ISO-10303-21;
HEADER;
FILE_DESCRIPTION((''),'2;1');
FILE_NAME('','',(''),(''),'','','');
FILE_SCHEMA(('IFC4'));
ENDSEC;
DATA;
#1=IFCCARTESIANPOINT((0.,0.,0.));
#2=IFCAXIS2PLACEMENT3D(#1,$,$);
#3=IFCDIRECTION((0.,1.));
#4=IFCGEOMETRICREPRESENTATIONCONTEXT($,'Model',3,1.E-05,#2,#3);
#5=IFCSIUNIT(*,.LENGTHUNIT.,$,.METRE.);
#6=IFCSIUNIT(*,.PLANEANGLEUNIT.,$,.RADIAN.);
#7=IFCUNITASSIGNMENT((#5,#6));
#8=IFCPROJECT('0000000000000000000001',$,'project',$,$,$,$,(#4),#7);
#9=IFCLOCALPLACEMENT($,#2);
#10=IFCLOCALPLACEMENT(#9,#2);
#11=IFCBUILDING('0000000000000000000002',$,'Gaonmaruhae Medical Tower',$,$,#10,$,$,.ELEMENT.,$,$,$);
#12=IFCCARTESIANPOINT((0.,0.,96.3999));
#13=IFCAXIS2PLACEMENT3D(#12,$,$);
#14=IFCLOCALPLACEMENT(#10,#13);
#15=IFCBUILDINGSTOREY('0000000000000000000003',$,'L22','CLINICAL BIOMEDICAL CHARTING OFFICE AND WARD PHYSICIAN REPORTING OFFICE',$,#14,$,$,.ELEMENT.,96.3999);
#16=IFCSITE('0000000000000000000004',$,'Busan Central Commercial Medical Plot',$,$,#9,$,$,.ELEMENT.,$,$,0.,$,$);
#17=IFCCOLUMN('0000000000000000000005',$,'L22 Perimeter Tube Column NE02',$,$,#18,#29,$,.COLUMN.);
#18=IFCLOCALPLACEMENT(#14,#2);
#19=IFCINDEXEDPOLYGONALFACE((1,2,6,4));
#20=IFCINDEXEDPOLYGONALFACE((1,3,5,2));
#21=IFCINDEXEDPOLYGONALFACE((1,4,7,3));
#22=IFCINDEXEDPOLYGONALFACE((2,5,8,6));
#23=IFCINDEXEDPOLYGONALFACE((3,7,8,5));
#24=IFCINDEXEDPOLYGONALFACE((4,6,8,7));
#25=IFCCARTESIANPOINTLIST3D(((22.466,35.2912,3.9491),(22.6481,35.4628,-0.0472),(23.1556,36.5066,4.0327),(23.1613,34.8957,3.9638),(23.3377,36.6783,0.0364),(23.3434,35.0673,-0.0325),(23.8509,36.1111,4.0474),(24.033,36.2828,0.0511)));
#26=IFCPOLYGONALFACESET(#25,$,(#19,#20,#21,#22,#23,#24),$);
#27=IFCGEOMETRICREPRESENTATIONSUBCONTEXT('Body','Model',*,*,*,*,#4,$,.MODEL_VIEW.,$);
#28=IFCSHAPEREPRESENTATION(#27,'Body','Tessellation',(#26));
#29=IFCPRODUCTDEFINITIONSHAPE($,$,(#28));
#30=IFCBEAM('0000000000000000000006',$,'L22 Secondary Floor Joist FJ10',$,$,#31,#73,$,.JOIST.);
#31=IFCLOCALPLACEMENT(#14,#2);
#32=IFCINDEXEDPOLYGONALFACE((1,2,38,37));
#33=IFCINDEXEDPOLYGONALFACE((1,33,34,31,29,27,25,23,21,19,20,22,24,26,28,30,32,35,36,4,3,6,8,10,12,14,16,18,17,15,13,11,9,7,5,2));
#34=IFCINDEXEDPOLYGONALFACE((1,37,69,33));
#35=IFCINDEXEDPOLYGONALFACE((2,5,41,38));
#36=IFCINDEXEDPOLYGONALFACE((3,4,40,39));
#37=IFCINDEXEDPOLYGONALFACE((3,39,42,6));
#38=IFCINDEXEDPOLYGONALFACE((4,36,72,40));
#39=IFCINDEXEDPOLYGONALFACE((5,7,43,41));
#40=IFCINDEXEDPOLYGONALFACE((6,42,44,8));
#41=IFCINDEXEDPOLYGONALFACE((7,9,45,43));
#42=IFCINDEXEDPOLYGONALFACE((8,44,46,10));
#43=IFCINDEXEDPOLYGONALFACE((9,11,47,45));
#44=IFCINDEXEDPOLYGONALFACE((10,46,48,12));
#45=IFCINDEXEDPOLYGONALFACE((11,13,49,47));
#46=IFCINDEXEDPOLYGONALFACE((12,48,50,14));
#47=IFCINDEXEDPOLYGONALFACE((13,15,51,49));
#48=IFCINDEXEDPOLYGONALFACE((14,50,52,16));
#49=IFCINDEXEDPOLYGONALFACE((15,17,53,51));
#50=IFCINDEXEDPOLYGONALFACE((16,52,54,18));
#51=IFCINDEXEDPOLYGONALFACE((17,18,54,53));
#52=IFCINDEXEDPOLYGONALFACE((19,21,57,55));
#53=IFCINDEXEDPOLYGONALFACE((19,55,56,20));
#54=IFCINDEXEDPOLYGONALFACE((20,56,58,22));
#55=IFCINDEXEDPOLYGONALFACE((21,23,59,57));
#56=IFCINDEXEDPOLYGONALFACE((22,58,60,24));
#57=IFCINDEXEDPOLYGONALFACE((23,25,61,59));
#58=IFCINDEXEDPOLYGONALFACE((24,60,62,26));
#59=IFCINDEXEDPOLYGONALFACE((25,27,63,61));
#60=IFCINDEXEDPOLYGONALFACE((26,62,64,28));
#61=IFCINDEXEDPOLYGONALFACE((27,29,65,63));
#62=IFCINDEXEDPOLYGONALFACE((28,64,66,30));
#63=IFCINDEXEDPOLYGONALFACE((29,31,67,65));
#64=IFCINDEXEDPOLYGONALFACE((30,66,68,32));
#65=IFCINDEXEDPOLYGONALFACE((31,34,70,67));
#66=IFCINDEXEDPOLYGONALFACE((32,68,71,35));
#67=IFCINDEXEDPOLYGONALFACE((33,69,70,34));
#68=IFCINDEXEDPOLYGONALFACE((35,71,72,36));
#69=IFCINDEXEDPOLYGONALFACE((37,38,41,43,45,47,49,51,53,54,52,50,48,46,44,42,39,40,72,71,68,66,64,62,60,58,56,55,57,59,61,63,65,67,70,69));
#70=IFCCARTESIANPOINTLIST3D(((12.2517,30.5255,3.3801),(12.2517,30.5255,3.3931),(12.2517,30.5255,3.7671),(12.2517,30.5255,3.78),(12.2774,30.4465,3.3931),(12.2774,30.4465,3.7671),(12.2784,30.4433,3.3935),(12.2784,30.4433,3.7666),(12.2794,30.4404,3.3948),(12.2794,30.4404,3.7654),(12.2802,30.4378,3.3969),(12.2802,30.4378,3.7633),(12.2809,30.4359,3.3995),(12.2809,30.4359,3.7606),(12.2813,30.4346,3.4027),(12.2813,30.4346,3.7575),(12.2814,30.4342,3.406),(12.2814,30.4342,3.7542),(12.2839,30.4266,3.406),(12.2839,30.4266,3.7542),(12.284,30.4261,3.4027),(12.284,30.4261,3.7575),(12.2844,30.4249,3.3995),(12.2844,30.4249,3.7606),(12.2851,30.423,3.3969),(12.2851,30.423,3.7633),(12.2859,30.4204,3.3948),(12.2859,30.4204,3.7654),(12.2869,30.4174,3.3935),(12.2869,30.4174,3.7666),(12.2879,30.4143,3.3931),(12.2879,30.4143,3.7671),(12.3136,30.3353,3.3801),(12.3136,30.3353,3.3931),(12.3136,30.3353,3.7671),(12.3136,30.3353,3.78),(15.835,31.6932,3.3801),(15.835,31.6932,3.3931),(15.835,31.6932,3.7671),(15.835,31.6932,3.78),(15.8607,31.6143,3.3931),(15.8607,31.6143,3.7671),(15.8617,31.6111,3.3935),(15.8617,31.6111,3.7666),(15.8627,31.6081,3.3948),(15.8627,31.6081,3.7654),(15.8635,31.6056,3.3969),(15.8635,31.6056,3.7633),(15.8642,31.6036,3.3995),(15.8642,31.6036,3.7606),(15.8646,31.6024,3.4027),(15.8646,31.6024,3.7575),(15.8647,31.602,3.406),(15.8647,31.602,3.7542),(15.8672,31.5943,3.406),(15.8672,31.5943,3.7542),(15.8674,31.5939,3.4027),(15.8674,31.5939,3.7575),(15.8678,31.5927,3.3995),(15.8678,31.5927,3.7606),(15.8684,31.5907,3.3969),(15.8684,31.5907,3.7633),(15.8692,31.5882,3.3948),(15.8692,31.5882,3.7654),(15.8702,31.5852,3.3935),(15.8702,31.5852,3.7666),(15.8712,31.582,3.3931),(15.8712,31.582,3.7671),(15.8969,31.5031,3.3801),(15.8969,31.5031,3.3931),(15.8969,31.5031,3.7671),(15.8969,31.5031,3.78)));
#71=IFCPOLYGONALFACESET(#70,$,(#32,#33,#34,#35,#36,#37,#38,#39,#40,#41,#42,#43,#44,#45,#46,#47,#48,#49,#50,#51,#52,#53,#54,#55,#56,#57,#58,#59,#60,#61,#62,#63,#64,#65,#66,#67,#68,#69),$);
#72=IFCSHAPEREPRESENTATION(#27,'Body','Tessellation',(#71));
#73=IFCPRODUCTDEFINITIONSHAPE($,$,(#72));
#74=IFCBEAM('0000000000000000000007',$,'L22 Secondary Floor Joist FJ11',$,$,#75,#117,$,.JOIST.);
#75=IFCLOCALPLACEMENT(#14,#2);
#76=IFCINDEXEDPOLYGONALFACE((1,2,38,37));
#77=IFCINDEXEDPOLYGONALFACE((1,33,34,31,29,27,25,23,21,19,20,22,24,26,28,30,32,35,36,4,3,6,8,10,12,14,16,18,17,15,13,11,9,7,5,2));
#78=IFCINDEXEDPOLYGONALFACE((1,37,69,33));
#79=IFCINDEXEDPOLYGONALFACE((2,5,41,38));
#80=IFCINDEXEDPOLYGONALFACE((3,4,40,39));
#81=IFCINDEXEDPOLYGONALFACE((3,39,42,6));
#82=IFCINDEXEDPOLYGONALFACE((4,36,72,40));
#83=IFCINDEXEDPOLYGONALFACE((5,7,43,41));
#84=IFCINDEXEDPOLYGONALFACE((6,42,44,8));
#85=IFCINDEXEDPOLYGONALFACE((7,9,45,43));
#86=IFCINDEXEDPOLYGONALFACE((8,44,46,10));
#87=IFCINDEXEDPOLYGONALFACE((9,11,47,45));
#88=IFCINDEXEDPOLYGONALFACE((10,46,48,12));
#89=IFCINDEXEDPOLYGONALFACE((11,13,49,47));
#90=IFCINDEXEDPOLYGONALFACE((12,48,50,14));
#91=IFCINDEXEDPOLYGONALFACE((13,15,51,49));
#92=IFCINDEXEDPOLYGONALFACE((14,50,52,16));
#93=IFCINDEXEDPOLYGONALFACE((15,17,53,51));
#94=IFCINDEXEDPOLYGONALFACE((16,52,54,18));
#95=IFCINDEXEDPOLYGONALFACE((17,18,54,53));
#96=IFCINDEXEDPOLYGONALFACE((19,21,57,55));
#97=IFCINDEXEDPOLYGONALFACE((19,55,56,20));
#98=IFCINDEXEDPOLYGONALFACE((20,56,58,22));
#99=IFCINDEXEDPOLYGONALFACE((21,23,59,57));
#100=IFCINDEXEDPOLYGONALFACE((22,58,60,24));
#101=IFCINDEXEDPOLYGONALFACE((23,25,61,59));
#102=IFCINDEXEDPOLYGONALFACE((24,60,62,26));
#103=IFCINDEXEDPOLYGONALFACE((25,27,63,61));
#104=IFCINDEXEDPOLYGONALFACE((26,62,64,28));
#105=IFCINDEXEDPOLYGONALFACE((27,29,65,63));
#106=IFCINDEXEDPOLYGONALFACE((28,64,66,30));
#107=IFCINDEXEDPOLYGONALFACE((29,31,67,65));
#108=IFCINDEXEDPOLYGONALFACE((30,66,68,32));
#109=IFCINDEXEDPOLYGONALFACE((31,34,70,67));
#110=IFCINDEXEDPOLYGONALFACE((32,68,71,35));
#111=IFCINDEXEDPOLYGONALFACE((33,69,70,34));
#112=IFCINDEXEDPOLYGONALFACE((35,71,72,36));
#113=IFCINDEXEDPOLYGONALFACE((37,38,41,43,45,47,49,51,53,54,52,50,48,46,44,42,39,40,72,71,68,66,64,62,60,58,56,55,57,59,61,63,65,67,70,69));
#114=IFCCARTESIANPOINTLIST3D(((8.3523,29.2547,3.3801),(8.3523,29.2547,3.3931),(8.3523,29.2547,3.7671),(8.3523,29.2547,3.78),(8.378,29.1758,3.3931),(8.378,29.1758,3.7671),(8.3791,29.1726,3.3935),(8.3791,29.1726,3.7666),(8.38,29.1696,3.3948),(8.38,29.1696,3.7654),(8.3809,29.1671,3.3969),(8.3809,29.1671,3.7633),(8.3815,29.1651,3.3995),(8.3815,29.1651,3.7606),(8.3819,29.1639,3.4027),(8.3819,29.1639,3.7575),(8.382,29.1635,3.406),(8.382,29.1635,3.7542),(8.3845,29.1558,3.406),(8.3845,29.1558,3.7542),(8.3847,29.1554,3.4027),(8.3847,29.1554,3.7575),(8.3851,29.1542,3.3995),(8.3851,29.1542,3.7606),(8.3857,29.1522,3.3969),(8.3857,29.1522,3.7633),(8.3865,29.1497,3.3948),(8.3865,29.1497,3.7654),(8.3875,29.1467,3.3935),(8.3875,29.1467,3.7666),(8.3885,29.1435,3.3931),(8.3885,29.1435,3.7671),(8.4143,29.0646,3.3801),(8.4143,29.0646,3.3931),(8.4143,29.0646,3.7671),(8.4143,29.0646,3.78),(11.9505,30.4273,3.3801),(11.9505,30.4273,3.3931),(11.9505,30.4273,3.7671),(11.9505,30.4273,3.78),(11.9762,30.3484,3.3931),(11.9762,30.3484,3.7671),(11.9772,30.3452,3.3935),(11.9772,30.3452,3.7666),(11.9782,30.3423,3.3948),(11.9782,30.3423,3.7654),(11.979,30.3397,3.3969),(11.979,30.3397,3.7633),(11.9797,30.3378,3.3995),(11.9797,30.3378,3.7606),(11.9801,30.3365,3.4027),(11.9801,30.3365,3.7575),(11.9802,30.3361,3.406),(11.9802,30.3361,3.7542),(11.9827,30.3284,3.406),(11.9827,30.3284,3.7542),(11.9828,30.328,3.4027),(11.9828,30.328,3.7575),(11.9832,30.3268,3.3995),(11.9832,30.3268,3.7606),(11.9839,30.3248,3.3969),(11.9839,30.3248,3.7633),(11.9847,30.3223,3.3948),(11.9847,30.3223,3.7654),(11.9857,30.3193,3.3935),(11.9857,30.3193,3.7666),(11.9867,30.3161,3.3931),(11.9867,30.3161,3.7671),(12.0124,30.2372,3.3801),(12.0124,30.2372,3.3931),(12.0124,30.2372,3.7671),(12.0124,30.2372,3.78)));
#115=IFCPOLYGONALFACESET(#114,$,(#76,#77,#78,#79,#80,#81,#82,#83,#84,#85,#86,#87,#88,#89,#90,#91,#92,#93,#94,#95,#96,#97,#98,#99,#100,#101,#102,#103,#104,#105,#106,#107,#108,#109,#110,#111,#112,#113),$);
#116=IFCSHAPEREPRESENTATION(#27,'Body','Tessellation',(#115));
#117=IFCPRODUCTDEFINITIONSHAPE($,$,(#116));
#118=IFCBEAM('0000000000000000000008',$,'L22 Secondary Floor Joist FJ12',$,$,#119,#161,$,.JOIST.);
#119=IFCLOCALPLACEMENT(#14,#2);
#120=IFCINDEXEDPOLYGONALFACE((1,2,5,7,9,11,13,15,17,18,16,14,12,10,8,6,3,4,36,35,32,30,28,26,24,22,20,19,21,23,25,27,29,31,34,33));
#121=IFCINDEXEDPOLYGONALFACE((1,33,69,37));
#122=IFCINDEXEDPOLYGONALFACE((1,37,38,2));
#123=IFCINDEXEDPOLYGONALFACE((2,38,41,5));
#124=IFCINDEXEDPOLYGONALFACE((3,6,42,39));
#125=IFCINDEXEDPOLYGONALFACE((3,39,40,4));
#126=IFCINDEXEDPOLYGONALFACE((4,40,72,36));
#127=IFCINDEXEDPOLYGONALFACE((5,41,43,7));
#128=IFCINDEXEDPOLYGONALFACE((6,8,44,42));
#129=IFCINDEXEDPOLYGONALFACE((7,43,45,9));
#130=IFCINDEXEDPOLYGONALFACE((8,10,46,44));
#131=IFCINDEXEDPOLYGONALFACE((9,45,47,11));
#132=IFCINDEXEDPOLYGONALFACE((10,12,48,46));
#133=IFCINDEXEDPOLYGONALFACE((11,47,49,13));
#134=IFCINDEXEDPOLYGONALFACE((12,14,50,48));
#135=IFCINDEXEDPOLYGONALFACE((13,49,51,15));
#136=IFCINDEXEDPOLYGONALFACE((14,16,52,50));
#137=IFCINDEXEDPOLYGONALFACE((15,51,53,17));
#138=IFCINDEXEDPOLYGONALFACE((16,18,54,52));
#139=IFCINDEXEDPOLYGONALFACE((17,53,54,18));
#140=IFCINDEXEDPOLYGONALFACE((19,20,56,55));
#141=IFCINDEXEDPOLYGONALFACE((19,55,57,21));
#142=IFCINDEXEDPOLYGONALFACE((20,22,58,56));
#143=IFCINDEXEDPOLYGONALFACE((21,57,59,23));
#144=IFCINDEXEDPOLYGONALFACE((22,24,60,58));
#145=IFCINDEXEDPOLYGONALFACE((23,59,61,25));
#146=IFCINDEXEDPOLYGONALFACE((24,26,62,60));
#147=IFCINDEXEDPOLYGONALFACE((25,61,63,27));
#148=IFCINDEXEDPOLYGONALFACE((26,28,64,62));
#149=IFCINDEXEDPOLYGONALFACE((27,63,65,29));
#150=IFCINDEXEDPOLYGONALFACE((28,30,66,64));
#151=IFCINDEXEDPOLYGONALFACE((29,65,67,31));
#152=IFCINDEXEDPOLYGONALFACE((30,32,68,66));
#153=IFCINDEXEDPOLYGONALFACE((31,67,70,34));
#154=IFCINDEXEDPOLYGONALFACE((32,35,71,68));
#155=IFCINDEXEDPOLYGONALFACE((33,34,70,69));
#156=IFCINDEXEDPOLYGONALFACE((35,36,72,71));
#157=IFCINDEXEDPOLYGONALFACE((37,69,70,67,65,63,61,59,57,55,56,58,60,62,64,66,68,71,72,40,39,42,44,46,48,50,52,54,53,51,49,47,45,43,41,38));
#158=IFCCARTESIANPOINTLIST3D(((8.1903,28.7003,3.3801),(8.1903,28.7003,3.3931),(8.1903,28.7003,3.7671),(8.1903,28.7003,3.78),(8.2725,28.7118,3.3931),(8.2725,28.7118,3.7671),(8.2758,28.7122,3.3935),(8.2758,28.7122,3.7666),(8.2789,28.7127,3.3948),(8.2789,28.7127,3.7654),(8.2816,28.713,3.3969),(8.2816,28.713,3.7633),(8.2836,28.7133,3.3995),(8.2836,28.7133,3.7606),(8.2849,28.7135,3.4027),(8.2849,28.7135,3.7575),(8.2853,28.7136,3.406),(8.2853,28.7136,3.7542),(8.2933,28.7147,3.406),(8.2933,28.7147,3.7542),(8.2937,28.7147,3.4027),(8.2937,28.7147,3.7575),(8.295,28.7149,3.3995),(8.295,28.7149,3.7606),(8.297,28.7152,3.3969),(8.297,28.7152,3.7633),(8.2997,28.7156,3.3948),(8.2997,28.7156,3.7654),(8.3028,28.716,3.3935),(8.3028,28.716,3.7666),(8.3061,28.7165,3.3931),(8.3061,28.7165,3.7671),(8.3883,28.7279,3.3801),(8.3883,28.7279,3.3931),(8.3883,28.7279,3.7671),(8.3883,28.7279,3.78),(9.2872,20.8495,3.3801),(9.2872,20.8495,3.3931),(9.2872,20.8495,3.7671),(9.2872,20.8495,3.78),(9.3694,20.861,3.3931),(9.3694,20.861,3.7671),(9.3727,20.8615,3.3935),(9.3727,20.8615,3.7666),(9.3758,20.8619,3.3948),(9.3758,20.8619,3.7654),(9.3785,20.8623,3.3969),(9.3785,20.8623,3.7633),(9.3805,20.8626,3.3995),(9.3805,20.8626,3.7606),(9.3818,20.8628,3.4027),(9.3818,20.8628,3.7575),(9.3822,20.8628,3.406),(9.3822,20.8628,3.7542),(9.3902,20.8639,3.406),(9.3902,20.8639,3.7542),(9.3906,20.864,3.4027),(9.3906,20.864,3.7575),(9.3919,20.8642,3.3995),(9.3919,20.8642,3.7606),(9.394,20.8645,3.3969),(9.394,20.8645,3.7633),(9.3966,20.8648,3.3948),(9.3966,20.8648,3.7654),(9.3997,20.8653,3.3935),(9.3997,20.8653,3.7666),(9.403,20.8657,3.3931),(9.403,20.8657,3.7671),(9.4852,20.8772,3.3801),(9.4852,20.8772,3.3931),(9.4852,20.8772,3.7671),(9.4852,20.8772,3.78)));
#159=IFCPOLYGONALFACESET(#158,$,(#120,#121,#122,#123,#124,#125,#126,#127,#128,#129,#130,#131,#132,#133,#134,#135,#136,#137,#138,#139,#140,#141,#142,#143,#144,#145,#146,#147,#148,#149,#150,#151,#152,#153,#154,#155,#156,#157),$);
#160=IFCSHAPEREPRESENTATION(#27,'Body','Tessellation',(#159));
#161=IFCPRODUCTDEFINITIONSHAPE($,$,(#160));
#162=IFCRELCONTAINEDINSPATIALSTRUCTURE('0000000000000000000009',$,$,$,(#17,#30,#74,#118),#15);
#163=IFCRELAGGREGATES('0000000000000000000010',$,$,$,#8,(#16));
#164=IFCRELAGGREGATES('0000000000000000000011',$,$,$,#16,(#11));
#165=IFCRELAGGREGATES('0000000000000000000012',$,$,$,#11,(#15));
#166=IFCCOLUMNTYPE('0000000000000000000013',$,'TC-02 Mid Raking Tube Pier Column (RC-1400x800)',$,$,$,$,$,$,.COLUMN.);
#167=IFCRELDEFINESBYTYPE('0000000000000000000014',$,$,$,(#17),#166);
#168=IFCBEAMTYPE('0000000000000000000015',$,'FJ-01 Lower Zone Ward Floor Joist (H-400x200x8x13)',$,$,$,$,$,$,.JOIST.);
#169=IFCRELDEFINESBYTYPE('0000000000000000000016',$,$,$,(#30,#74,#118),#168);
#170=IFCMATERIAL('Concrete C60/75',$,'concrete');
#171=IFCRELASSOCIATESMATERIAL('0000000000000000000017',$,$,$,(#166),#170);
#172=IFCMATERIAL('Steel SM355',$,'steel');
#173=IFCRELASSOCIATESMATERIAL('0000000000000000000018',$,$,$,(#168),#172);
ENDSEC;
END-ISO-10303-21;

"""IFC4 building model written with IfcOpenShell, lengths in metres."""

from ifc_helpers import new_model, si_unit, direction, frame, origin, origin_2d, place, context, subcontext, project, spatial, rectangle, i_section, extrude, material, material_profile, profile_set, type_object, element, save


model = new_model("IFC4")

# Units and contexts
model_context = context("Model", 3, precision=1e-05, world=origin(), true_north=direction((0.0, 1.0)))
body_context = subcontext(model_context, "Body", "Model", "MODEL_VIEW")
ifc_project = project(units=[si_unit("LENGTHUNIT", "METRE"), si_unit("PLANEANGLEUNIT", "RADIAN")], contexts=[model_context])

# Site, building, storey
site_placement = place(None, origin())
site = spatial("IfcSite", under=ifc_project, at=site_placement, Name="Busan Central Commercial Medical Plot", CompositionType="ELEMENT", RefElevation=0.0)
building_placement = place(site_placement, origin())
building = spatial("IfcBuilding", under=site, at=building_placement, Name="Gaonmaruhae Medical Tower", CompositionType="ELEMENT")
storey_placement = place(building_placement, frame((0.0, 0.0, 96.3999)))
storey = spatial("IfcBuildingStorey", under=building, at=storey_placement, Name="L22", Description="CLINICAL BIOMEDICAL CHARTING OFFICE AND WARD PHYSICIAN REPORTING OFFICE", CompositionType="ELEMENT", Elevation=96.3999)

# Column
ifc_material_1 = material(Name="Concrete C60/75", Category="concrete")
ifc_material_profile_1 = material_profile(ifc_material_1, rectangle(XDim=1.3999, YDim=0.8, at=origin_2d()), Name="RC-1400x800")
ifc_profile_set_1 = profile_set([ifc_material_profile_1], Name="Concrete C60/75")
column_type = type_object("IfcColumnType", Name="TC-02 Mid Raking Tube Pier Column (RC-1400x800)", PredefinedType="COLUMN", material=ifc_profile_set_1)
column_placement = place(storey_placement, frame((23.3406, 35.8728, 0.002), z_axis=(-0.045485, -0.042863, 0.998045), x_axis=(0.492579, 0.868215, 0.059736)))
element("IfcColumn", 1, at=column_placement, inside=storey, type_object=column_type, Name="L22 Perimeter Tube Column NE02", PredefinedType="COLUMN", context=body_context, shape_type="SweptSolid", body=[
    extrude(rectangle(XDim=1.3999, YDim=0.8, at=origin_2d()), origin(), (0.0, 0.0, 1.0), 4.0042),
])

# Beams
ifc_material_2 = material(Name="Steel SM355", Category="steel")
ifc_material_profile_2 = material_profile(ifc_material_2, i_section(OverallWidth=0.2, OverallDepth=0.3999, WebThickness=0.0081, FlangeThickness=0.0129, FilletRadius=0.0129, at=origin_2d()), Name="H-400x200x8x13")
ifc_profile_set_2 = profile_set([ifc_material_profile_2], Name="Steel SM355")
beam_type_1 = type_object("IfcBeamType", Name="FJ-01 Lower Zone Ward Floor Joist (H-400x200x8x13)", PredefinedType="JOIST", material=ifc_profile_set_2)
beam_1_placement = place(storey_placement, frame((15.866, 31.5981, 3.5801), z_axis=(-0.950787, -0.309846, 0.0), x_axis=(0.309846, -0.950787, 0.0)))
element("IfcBeam", 2, at=beam_1_placement, inside=storey, type_object=beam_type_1, Name="L22 Secondary Floor Joist FJ10", PredefinedType="JOIST", context=body_context, shape_type="SweptSolid", body=[
    extrude(i_section(OverallWidth=0.2, OverallDepth=0.3999, WebThickness=0.0081, FlangeThickness=0.0129, FilletRadius=0.0129, at=origin_2d()), origin(), (0.0, 0.0, 1.0), 3.7688),
])
beam_2_placement = place(storey_placement, frame((11.9814, 30.3323, 3.5801), z_axis=(-0.950784, -0.309853, 0.0), x_axis=(0.309853, -0.950784, 0.0)))
element("IfcBeam", 3, at=beam_2_placement, inside=storey, type_object=beam_type_1, Name="L22 Secondary Floor Joist FJ11", PredefinedType="JOIST", context=body_context, shape_type="SweptSolid", body=[
    extrude(i_section(OverallWidth=0.2, OverallDepth=0.3999, WebThickness=0.0081, FlangeThickness=0.0129, FilletRadius=0.0129, at=origin_2d()), origin(), (0.0, 0.0, 1.0), 3.7844),
])
beam_3_placement = place(storey_placement, frame((8.2893, 28.7141, 3.5801), z_axis=(0.138377, -0.99038, 0.0), x_axis=(0.99038, 0.138377, 0.0)))
element("IfcBeam", 4, at=beam_3_placement, inside=storey, type_object=beam_type_1, Name="L22 Secondary Floor Joist FJ12", PredefinedType="JOIST", context=body_context, shape_type="SweptSolid", body=[
    extrude(i_section(OverallWidth=0.2, OverallDepth=0.3999, WebThickness=0.0081, FlangeThickness=0.0129, FilletRadius=0.0129, at=origin_2d()), origin(), (0.0, 0.0, 1.0), 7.927),
])

save(model, "model.ifc")
